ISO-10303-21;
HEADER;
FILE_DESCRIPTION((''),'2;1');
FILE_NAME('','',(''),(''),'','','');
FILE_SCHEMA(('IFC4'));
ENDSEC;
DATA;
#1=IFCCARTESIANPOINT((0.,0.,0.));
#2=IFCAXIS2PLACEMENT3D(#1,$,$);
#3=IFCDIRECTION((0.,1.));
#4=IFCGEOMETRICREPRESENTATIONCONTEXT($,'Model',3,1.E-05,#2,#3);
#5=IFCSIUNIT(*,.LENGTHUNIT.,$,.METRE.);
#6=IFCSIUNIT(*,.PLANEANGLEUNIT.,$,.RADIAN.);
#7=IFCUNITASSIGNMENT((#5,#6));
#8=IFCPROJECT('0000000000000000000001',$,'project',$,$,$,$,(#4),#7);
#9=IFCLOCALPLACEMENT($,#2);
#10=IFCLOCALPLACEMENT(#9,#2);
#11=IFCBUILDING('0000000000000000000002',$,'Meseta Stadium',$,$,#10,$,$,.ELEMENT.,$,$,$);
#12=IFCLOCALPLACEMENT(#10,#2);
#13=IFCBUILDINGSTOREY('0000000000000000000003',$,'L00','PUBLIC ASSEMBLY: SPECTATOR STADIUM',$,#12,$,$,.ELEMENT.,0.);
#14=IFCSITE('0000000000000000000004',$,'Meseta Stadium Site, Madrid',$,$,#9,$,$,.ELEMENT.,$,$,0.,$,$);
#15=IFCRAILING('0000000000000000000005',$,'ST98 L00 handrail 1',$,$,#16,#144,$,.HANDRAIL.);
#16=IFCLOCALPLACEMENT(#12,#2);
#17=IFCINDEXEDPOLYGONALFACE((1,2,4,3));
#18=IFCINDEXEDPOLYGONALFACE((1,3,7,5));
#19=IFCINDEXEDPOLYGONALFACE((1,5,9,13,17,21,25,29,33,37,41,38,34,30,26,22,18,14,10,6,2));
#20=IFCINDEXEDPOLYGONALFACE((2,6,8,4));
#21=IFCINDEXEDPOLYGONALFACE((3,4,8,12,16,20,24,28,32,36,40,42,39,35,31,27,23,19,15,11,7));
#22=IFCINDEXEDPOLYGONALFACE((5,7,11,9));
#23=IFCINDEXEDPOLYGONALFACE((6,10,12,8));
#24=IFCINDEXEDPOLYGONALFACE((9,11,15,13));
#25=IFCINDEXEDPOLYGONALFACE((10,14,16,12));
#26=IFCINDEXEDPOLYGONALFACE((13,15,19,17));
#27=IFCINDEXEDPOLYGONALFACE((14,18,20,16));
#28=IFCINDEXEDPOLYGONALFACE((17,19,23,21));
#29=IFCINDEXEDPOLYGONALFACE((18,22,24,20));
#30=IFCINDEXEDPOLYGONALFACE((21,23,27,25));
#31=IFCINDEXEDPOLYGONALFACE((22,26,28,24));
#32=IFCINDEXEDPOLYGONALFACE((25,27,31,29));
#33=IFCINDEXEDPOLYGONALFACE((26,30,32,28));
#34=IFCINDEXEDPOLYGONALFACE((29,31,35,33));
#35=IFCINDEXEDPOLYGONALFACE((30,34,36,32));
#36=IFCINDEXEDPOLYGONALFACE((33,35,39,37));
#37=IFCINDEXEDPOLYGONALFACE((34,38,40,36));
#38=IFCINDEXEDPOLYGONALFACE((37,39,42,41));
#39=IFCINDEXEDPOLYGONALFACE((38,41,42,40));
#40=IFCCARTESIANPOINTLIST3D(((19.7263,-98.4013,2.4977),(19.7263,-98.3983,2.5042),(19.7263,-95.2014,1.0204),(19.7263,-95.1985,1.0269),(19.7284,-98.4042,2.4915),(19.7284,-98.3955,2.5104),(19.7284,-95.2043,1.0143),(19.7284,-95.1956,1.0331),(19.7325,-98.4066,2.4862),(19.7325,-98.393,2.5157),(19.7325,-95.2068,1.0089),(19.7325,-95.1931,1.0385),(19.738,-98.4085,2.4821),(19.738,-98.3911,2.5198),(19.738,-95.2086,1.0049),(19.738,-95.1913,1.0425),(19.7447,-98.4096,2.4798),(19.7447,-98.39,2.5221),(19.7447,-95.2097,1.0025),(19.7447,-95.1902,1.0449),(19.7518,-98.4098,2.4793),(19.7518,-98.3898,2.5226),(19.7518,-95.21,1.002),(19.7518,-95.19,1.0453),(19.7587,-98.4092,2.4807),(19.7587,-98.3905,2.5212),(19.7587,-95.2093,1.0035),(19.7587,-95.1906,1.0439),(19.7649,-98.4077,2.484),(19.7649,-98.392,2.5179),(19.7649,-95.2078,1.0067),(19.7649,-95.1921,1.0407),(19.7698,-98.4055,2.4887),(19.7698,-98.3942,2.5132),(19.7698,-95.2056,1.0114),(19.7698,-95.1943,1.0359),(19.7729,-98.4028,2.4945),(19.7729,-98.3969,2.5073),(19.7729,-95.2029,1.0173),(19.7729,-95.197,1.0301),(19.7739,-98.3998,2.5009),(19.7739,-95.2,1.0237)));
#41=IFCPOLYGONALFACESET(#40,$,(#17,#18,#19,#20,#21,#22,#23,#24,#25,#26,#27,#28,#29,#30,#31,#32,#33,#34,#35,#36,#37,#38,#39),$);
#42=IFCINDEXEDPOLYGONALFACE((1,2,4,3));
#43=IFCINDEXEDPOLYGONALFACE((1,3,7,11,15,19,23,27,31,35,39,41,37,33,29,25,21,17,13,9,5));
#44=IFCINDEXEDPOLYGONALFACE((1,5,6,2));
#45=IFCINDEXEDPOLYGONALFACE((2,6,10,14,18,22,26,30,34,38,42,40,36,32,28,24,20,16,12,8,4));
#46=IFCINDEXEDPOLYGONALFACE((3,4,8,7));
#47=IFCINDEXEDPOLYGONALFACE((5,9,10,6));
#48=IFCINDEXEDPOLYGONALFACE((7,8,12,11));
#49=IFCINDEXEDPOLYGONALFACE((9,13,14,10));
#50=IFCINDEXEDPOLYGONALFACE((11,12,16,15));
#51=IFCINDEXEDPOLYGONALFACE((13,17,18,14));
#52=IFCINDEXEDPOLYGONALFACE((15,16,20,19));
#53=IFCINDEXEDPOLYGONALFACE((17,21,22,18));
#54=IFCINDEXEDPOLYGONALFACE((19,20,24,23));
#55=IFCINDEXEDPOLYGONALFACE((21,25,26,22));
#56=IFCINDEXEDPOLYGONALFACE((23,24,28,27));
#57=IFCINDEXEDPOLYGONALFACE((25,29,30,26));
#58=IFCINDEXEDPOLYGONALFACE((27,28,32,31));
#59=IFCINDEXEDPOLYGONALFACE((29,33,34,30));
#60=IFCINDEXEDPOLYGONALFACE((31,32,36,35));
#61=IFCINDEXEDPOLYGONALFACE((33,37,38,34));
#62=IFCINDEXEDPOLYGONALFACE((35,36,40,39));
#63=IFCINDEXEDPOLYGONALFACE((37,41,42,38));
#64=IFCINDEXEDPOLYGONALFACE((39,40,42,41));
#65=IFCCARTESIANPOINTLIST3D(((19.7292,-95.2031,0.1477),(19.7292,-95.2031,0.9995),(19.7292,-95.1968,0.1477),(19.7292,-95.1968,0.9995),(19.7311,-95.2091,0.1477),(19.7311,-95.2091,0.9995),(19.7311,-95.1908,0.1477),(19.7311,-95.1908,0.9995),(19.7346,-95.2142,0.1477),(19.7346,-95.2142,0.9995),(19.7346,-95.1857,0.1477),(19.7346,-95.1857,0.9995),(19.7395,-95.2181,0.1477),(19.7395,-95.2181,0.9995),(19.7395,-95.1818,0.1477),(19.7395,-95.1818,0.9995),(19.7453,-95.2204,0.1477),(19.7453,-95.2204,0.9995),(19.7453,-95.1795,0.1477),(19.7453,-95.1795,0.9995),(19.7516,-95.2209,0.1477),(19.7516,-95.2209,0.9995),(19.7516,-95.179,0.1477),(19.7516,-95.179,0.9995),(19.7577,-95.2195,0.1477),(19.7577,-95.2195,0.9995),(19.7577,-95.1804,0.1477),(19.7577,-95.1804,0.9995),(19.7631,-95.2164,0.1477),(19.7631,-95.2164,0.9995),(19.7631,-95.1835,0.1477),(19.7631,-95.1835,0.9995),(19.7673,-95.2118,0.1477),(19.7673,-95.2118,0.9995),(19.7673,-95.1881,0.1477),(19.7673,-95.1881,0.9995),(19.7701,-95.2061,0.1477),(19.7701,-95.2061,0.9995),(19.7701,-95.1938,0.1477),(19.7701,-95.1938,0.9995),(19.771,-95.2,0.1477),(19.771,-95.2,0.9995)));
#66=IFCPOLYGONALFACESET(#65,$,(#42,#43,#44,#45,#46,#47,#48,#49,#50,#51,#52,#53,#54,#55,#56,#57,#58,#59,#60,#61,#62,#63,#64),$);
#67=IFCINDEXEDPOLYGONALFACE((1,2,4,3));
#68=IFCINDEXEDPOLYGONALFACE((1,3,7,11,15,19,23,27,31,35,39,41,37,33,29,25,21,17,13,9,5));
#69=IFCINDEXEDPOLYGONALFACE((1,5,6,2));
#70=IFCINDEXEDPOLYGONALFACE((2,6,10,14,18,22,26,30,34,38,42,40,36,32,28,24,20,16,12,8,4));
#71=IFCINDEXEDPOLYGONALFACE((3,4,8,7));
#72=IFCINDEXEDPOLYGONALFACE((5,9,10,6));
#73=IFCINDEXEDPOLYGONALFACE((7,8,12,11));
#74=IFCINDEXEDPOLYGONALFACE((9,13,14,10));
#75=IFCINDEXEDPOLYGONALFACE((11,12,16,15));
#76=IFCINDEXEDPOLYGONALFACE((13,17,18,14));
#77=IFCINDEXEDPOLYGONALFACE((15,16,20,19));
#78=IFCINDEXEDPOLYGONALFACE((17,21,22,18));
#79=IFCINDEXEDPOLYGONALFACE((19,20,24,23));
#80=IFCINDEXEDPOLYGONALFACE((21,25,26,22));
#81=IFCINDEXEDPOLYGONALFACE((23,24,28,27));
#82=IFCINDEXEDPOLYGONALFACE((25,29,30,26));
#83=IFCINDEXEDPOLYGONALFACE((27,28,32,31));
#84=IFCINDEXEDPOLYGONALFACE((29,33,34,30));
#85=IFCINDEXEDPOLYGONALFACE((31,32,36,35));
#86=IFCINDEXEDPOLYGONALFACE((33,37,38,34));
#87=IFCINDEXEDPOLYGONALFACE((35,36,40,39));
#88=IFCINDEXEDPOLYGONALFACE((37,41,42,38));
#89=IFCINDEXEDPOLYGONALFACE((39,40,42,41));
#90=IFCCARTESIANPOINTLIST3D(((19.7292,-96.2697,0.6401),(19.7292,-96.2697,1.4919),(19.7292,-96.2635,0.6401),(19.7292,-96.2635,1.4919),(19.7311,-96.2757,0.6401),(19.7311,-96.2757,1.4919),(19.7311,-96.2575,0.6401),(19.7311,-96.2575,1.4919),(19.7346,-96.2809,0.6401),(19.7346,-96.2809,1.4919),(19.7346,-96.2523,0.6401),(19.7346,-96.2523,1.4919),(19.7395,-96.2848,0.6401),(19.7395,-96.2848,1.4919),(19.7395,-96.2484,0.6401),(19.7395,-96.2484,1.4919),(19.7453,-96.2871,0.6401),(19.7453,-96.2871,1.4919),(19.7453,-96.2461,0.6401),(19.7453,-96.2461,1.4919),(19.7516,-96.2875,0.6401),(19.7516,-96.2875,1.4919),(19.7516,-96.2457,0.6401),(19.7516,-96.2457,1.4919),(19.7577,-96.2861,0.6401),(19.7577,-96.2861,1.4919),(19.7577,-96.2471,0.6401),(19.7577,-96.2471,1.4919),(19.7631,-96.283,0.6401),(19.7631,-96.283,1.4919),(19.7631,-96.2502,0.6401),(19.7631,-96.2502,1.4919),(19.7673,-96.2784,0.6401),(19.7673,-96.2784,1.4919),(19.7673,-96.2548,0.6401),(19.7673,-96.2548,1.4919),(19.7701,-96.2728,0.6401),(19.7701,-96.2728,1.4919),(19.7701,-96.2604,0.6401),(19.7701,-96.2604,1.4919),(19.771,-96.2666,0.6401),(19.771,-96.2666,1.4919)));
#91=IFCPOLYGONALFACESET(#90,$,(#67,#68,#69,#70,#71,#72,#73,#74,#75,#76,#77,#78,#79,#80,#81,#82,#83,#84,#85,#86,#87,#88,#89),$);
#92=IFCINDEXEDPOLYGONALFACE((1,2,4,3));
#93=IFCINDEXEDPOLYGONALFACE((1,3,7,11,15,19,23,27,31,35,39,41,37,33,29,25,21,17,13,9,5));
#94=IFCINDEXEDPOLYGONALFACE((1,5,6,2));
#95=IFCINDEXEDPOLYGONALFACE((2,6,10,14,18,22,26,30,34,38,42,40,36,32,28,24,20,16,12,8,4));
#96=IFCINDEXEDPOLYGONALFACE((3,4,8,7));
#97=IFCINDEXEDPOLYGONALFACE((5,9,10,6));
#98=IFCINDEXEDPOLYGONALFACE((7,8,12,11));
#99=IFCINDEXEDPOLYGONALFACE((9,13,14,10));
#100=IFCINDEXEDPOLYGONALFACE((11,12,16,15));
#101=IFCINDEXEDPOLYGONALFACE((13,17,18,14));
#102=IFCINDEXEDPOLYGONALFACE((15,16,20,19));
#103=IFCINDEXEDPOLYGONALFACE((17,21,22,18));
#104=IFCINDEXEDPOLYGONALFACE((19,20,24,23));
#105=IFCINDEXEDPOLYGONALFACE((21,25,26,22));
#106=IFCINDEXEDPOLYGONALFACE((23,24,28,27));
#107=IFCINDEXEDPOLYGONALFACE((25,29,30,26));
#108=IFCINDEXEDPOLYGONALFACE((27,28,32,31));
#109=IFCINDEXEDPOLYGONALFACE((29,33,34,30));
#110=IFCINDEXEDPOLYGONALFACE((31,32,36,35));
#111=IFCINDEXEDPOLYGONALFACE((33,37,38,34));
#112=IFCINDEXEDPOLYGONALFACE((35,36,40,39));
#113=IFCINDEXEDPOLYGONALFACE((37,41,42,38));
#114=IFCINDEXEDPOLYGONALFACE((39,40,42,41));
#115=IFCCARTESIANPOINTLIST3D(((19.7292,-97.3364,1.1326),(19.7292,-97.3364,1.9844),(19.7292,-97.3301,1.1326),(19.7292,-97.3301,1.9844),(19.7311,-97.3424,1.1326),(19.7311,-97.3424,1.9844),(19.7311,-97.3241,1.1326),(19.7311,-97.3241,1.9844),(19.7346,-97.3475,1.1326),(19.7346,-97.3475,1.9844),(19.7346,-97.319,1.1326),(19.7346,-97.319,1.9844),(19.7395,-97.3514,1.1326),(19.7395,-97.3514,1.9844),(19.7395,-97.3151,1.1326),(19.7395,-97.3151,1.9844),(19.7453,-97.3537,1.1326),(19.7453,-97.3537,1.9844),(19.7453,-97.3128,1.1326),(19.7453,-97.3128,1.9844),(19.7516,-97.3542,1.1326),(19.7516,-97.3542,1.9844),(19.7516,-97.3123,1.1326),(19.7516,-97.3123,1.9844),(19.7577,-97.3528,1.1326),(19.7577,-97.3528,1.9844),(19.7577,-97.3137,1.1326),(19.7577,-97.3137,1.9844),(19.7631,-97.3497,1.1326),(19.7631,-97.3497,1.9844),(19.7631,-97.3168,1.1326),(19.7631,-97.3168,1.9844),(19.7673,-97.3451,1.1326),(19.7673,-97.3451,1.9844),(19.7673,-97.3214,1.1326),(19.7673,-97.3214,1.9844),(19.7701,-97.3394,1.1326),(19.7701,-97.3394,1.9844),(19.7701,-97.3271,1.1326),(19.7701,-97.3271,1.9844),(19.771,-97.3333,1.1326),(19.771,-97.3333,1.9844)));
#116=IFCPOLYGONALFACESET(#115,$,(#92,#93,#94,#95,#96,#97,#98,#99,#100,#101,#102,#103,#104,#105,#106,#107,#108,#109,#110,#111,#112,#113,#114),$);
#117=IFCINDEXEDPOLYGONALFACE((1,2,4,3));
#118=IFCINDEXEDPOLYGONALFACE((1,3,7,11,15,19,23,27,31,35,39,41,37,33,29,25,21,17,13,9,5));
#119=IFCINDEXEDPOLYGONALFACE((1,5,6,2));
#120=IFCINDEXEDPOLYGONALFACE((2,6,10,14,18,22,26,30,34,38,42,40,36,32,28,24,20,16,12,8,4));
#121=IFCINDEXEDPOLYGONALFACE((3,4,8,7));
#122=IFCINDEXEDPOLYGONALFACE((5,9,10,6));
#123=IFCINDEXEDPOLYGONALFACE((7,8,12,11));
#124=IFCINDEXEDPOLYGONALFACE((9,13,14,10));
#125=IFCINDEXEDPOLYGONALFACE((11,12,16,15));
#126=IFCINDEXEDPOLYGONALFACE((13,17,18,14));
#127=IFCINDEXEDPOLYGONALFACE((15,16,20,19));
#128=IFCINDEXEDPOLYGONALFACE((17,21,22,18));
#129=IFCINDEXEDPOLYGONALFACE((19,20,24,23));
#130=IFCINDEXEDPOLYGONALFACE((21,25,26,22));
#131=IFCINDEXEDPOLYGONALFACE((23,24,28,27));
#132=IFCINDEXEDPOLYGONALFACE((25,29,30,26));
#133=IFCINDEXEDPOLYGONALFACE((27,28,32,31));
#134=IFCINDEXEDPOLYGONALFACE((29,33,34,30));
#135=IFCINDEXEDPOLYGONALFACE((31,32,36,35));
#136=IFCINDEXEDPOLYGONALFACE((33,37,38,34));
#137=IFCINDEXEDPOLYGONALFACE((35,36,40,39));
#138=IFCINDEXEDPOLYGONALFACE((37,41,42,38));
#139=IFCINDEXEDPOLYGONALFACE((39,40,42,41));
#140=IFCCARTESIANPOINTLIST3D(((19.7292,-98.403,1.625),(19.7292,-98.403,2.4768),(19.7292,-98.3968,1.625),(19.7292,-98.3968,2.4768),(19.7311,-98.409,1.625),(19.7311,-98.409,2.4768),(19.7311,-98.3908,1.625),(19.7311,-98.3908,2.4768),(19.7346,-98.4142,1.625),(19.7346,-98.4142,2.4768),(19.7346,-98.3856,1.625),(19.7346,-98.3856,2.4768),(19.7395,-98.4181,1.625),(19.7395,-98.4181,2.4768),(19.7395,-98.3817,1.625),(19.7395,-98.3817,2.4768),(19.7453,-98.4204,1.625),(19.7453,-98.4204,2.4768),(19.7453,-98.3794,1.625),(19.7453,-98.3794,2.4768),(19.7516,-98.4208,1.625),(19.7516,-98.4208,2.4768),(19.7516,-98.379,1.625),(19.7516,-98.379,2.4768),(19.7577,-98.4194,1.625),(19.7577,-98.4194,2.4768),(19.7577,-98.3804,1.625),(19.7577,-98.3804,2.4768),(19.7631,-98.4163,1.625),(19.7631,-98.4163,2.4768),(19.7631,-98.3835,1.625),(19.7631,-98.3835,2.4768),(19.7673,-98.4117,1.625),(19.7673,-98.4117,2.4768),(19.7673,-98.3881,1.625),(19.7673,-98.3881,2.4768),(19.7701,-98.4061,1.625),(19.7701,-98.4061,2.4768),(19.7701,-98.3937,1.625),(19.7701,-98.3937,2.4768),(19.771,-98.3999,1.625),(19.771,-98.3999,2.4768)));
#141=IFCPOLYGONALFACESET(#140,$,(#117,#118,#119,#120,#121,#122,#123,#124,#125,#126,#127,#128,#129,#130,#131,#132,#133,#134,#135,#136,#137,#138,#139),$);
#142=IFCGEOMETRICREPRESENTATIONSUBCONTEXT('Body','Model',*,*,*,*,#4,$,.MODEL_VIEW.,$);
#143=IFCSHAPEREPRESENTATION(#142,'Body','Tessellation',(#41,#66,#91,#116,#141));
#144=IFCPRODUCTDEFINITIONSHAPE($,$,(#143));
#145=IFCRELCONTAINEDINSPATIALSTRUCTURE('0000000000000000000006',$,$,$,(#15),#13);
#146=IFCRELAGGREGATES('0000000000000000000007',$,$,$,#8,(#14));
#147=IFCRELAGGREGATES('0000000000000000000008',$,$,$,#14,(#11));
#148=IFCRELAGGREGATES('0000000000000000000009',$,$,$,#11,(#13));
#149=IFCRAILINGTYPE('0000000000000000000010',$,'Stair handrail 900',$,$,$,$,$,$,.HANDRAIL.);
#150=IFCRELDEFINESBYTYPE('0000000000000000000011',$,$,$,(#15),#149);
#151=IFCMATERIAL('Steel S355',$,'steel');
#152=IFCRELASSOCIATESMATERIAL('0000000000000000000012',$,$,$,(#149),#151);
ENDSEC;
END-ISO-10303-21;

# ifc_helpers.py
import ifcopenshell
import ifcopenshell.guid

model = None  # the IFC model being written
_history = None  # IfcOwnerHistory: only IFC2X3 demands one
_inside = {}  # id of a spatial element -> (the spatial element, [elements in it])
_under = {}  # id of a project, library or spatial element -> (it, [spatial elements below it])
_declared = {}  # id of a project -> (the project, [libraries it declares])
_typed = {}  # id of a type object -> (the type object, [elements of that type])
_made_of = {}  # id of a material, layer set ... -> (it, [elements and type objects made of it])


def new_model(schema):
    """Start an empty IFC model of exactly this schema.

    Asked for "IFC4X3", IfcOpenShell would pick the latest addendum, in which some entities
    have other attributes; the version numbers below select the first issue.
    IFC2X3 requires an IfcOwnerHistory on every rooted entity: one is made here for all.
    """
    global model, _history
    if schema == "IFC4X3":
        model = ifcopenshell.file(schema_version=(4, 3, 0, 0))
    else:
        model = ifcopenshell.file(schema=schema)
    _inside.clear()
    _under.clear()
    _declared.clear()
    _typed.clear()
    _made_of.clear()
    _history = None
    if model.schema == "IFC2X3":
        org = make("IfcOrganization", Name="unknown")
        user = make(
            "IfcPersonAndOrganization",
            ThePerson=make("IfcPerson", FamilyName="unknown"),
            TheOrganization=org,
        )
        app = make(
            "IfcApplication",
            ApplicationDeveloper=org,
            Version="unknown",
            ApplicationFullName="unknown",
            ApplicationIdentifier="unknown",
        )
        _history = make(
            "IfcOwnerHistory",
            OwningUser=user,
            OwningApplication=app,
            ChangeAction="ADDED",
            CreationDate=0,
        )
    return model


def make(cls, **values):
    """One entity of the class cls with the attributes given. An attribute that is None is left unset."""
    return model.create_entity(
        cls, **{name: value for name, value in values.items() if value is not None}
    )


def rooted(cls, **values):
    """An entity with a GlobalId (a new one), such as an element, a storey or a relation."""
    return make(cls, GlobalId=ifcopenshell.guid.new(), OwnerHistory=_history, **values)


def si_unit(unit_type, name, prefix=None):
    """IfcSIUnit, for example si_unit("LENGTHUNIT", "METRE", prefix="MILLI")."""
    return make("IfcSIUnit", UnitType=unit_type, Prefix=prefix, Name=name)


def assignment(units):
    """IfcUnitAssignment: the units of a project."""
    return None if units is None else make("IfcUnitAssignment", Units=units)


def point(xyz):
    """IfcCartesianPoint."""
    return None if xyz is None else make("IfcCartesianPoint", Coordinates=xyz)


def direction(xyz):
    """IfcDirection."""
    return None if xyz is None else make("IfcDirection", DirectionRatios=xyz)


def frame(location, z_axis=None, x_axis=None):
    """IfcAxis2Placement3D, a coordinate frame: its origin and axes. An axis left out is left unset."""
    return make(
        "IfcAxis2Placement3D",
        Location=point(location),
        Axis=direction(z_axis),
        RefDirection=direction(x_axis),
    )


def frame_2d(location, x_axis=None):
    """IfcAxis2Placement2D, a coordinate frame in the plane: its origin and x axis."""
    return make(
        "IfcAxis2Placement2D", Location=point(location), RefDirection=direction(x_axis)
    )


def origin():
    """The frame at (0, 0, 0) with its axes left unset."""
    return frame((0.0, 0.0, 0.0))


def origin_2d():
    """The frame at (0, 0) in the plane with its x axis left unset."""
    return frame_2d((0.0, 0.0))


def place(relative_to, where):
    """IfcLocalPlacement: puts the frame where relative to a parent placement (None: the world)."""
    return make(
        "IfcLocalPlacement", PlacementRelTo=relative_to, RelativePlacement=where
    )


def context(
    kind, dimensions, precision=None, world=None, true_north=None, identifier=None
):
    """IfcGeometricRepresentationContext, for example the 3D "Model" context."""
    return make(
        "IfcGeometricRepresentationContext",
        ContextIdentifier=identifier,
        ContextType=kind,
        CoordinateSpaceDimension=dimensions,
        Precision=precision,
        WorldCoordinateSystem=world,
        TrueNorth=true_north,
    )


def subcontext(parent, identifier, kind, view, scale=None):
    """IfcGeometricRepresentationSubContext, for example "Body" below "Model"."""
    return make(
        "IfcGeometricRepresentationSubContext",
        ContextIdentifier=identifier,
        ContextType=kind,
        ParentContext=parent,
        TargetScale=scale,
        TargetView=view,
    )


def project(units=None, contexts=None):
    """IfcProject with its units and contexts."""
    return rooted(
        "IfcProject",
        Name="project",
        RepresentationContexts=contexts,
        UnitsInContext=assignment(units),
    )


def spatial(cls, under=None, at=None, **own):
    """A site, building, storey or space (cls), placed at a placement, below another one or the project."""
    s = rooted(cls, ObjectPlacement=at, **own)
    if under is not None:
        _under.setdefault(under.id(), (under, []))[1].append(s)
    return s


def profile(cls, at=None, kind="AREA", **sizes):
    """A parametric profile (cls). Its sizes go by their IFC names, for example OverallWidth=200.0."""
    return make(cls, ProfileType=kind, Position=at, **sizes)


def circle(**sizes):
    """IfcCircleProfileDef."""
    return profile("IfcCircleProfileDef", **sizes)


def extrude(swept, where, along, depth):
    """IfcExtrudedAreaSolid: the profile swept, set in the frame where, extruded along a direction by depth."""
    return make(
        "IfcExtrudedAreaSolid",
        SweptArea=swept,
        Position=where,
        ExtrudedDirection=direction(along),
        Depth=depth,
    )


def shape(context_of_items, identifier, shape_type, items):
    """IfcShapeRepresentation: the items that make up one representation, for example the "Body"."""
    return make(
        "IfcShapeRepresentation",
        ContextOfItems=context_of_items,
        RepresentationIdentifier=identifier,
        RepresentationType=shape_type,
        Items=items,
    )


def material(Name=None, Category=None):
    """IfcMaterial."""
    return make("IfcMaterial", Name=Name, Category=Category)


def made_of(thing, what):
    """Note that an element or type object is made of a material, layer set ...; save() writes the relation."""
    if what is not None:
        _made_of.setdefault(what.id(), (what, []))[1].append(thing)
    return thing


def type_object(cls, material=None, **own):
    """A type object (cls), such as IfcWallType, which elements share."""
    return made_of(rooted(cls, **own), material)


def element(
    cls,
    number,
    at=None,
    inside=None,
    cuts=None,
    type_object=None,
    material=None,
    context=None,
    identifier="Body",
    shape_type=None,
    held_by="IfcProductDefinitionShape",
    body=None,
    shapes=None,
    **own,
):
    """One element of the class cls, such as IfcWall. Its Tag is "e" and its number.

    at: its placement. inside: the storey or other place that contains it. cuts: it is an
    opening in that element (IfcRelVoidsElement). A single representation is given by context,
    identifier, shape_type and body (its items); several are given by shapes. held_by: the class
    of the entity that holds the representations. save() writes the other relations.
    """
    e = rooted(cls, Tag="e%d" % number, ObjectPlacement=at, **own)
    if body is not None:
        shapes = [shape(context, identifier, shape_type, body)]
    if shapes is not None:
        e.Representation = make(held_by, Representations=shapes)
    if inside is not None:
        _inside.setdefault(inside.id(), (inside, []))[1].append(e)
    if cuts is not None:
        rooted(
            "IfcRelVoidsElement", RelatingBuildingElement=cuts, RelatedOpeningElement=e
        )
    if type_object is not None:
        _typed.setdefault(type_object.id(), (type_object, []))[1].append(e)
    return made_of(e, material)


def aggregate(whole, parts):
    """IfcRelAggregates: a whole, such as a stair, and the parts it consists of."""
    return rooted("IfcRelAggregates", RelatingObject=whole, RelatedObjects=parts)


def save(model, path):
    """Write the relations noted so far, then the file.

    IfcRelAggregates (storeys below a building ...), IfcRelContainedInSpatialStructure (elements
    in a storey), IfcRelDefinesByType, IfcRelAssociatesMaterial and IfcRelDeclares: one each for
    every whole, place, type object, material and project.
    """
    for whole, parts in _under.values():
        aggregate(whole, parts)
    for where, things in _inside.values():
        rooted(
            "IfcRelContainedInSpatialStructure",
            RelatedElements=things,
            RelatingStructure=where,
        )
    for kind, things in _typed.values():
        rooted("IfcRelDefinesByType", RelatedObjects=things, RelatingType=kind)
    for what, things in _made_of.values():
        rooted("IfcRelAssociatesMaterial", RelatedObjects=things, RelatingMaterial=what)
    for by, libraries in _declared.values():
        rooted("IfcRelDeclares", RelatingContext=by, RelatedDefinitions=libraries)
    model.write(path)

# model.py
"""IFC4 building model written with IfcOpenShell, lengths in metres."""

from ifc_helpers import new_model, si_unit, direction, frame, origin, origin_2d, place, context, subcontext, project, spatial, circle, extrude, material, type_object, element, save


model = new_model("IFC4")

# Units and contexts
model_context = context("Model", 3, precision=1e-05, world=origin(), true_north=direction((0.0, 1.0)))
body_context = subcontext(model_context, "Body", "Model", "MODEL_VIEW")
ifc_project = project(units=[si_unit("LENGTHUNIT", "METRE"), si_unit("PLANEANGLEUNIT", "RADIAN")], contexts=[model_context])

# Site, building, storey
site_placement = place(None, origin())
site = spatial("IfcSite", under=ifc_project, at=site_placement, Name="Meseta Stadium Site, Madrid", CompositionType="ELEMENT", RefElevation=0.0)
building_placement = place(site_placement, origin())
building = spatial("IfcBuilding", under=site, at=building_placement, Name="Meseta Stadium", CompositionType="ELEMENT")
storey_placement = place(building_placement, origin())
storey = spatial("IfcBuildingStorey", under=building, at=storey_placement, Name="L00", Description="PUBLIC ASSEMBLY: SPECTATOR STADIUM", CompositionType="ELEMENT", Elevation=0.0)

# Railing
ifc_material_1 = material(Name="Steel S355", Category="steel")
railing_type_1 = type_object("IfcRailingType", Name="Stair handrail 900", PredefinedType="HANDRAIL", material=ifc_material_1)
for number, where, name in (
    (1, (19.75, -95.2, 0.1477), "ST98 L00 handrail 1"),
):
    element("IfcRailing", number, at=place(storey_placement, frame(where)), inside=storey, type_object=railing_type_1, Name=name, PredefinedType="HANDRAIL", context=body_context, shape_type="SweptSolid", body=[
        extrude(circle(Radius=0.0239, at=origin_2d()), frame((0.0, 0.0, 0.876), z_axis=(0.0, -0.907917, 0.41915), x_axis=(1.0, 0.0, 0.0)), (0.0, 0.0, 1.0), 3.5244),
        extrude(circle(Radius=0.021, at=origin_2d()), origin(), (0.0, 0.0, 1.0), 0.8518),
        extrude(circle(Radius=0.021, at=origin_2d()), frame((0.0, -1.0667, 0.4924)), (0.0, 0.0, 1.0), 0.8518),
        extrude(circle(Radius=0.021, at=origin_2d()), frame((0.0, -2.1333, 0.9849)), (0.0, 0.0, 1.0), 0.8518),
        extrude(circle(Radius=0.021, at=origin_2d()), frame((0.0, -3.2, 1.4773)), (0.0, 0.0, 1.0), 0.8518),
    ])

save(model, "model.ifc")
